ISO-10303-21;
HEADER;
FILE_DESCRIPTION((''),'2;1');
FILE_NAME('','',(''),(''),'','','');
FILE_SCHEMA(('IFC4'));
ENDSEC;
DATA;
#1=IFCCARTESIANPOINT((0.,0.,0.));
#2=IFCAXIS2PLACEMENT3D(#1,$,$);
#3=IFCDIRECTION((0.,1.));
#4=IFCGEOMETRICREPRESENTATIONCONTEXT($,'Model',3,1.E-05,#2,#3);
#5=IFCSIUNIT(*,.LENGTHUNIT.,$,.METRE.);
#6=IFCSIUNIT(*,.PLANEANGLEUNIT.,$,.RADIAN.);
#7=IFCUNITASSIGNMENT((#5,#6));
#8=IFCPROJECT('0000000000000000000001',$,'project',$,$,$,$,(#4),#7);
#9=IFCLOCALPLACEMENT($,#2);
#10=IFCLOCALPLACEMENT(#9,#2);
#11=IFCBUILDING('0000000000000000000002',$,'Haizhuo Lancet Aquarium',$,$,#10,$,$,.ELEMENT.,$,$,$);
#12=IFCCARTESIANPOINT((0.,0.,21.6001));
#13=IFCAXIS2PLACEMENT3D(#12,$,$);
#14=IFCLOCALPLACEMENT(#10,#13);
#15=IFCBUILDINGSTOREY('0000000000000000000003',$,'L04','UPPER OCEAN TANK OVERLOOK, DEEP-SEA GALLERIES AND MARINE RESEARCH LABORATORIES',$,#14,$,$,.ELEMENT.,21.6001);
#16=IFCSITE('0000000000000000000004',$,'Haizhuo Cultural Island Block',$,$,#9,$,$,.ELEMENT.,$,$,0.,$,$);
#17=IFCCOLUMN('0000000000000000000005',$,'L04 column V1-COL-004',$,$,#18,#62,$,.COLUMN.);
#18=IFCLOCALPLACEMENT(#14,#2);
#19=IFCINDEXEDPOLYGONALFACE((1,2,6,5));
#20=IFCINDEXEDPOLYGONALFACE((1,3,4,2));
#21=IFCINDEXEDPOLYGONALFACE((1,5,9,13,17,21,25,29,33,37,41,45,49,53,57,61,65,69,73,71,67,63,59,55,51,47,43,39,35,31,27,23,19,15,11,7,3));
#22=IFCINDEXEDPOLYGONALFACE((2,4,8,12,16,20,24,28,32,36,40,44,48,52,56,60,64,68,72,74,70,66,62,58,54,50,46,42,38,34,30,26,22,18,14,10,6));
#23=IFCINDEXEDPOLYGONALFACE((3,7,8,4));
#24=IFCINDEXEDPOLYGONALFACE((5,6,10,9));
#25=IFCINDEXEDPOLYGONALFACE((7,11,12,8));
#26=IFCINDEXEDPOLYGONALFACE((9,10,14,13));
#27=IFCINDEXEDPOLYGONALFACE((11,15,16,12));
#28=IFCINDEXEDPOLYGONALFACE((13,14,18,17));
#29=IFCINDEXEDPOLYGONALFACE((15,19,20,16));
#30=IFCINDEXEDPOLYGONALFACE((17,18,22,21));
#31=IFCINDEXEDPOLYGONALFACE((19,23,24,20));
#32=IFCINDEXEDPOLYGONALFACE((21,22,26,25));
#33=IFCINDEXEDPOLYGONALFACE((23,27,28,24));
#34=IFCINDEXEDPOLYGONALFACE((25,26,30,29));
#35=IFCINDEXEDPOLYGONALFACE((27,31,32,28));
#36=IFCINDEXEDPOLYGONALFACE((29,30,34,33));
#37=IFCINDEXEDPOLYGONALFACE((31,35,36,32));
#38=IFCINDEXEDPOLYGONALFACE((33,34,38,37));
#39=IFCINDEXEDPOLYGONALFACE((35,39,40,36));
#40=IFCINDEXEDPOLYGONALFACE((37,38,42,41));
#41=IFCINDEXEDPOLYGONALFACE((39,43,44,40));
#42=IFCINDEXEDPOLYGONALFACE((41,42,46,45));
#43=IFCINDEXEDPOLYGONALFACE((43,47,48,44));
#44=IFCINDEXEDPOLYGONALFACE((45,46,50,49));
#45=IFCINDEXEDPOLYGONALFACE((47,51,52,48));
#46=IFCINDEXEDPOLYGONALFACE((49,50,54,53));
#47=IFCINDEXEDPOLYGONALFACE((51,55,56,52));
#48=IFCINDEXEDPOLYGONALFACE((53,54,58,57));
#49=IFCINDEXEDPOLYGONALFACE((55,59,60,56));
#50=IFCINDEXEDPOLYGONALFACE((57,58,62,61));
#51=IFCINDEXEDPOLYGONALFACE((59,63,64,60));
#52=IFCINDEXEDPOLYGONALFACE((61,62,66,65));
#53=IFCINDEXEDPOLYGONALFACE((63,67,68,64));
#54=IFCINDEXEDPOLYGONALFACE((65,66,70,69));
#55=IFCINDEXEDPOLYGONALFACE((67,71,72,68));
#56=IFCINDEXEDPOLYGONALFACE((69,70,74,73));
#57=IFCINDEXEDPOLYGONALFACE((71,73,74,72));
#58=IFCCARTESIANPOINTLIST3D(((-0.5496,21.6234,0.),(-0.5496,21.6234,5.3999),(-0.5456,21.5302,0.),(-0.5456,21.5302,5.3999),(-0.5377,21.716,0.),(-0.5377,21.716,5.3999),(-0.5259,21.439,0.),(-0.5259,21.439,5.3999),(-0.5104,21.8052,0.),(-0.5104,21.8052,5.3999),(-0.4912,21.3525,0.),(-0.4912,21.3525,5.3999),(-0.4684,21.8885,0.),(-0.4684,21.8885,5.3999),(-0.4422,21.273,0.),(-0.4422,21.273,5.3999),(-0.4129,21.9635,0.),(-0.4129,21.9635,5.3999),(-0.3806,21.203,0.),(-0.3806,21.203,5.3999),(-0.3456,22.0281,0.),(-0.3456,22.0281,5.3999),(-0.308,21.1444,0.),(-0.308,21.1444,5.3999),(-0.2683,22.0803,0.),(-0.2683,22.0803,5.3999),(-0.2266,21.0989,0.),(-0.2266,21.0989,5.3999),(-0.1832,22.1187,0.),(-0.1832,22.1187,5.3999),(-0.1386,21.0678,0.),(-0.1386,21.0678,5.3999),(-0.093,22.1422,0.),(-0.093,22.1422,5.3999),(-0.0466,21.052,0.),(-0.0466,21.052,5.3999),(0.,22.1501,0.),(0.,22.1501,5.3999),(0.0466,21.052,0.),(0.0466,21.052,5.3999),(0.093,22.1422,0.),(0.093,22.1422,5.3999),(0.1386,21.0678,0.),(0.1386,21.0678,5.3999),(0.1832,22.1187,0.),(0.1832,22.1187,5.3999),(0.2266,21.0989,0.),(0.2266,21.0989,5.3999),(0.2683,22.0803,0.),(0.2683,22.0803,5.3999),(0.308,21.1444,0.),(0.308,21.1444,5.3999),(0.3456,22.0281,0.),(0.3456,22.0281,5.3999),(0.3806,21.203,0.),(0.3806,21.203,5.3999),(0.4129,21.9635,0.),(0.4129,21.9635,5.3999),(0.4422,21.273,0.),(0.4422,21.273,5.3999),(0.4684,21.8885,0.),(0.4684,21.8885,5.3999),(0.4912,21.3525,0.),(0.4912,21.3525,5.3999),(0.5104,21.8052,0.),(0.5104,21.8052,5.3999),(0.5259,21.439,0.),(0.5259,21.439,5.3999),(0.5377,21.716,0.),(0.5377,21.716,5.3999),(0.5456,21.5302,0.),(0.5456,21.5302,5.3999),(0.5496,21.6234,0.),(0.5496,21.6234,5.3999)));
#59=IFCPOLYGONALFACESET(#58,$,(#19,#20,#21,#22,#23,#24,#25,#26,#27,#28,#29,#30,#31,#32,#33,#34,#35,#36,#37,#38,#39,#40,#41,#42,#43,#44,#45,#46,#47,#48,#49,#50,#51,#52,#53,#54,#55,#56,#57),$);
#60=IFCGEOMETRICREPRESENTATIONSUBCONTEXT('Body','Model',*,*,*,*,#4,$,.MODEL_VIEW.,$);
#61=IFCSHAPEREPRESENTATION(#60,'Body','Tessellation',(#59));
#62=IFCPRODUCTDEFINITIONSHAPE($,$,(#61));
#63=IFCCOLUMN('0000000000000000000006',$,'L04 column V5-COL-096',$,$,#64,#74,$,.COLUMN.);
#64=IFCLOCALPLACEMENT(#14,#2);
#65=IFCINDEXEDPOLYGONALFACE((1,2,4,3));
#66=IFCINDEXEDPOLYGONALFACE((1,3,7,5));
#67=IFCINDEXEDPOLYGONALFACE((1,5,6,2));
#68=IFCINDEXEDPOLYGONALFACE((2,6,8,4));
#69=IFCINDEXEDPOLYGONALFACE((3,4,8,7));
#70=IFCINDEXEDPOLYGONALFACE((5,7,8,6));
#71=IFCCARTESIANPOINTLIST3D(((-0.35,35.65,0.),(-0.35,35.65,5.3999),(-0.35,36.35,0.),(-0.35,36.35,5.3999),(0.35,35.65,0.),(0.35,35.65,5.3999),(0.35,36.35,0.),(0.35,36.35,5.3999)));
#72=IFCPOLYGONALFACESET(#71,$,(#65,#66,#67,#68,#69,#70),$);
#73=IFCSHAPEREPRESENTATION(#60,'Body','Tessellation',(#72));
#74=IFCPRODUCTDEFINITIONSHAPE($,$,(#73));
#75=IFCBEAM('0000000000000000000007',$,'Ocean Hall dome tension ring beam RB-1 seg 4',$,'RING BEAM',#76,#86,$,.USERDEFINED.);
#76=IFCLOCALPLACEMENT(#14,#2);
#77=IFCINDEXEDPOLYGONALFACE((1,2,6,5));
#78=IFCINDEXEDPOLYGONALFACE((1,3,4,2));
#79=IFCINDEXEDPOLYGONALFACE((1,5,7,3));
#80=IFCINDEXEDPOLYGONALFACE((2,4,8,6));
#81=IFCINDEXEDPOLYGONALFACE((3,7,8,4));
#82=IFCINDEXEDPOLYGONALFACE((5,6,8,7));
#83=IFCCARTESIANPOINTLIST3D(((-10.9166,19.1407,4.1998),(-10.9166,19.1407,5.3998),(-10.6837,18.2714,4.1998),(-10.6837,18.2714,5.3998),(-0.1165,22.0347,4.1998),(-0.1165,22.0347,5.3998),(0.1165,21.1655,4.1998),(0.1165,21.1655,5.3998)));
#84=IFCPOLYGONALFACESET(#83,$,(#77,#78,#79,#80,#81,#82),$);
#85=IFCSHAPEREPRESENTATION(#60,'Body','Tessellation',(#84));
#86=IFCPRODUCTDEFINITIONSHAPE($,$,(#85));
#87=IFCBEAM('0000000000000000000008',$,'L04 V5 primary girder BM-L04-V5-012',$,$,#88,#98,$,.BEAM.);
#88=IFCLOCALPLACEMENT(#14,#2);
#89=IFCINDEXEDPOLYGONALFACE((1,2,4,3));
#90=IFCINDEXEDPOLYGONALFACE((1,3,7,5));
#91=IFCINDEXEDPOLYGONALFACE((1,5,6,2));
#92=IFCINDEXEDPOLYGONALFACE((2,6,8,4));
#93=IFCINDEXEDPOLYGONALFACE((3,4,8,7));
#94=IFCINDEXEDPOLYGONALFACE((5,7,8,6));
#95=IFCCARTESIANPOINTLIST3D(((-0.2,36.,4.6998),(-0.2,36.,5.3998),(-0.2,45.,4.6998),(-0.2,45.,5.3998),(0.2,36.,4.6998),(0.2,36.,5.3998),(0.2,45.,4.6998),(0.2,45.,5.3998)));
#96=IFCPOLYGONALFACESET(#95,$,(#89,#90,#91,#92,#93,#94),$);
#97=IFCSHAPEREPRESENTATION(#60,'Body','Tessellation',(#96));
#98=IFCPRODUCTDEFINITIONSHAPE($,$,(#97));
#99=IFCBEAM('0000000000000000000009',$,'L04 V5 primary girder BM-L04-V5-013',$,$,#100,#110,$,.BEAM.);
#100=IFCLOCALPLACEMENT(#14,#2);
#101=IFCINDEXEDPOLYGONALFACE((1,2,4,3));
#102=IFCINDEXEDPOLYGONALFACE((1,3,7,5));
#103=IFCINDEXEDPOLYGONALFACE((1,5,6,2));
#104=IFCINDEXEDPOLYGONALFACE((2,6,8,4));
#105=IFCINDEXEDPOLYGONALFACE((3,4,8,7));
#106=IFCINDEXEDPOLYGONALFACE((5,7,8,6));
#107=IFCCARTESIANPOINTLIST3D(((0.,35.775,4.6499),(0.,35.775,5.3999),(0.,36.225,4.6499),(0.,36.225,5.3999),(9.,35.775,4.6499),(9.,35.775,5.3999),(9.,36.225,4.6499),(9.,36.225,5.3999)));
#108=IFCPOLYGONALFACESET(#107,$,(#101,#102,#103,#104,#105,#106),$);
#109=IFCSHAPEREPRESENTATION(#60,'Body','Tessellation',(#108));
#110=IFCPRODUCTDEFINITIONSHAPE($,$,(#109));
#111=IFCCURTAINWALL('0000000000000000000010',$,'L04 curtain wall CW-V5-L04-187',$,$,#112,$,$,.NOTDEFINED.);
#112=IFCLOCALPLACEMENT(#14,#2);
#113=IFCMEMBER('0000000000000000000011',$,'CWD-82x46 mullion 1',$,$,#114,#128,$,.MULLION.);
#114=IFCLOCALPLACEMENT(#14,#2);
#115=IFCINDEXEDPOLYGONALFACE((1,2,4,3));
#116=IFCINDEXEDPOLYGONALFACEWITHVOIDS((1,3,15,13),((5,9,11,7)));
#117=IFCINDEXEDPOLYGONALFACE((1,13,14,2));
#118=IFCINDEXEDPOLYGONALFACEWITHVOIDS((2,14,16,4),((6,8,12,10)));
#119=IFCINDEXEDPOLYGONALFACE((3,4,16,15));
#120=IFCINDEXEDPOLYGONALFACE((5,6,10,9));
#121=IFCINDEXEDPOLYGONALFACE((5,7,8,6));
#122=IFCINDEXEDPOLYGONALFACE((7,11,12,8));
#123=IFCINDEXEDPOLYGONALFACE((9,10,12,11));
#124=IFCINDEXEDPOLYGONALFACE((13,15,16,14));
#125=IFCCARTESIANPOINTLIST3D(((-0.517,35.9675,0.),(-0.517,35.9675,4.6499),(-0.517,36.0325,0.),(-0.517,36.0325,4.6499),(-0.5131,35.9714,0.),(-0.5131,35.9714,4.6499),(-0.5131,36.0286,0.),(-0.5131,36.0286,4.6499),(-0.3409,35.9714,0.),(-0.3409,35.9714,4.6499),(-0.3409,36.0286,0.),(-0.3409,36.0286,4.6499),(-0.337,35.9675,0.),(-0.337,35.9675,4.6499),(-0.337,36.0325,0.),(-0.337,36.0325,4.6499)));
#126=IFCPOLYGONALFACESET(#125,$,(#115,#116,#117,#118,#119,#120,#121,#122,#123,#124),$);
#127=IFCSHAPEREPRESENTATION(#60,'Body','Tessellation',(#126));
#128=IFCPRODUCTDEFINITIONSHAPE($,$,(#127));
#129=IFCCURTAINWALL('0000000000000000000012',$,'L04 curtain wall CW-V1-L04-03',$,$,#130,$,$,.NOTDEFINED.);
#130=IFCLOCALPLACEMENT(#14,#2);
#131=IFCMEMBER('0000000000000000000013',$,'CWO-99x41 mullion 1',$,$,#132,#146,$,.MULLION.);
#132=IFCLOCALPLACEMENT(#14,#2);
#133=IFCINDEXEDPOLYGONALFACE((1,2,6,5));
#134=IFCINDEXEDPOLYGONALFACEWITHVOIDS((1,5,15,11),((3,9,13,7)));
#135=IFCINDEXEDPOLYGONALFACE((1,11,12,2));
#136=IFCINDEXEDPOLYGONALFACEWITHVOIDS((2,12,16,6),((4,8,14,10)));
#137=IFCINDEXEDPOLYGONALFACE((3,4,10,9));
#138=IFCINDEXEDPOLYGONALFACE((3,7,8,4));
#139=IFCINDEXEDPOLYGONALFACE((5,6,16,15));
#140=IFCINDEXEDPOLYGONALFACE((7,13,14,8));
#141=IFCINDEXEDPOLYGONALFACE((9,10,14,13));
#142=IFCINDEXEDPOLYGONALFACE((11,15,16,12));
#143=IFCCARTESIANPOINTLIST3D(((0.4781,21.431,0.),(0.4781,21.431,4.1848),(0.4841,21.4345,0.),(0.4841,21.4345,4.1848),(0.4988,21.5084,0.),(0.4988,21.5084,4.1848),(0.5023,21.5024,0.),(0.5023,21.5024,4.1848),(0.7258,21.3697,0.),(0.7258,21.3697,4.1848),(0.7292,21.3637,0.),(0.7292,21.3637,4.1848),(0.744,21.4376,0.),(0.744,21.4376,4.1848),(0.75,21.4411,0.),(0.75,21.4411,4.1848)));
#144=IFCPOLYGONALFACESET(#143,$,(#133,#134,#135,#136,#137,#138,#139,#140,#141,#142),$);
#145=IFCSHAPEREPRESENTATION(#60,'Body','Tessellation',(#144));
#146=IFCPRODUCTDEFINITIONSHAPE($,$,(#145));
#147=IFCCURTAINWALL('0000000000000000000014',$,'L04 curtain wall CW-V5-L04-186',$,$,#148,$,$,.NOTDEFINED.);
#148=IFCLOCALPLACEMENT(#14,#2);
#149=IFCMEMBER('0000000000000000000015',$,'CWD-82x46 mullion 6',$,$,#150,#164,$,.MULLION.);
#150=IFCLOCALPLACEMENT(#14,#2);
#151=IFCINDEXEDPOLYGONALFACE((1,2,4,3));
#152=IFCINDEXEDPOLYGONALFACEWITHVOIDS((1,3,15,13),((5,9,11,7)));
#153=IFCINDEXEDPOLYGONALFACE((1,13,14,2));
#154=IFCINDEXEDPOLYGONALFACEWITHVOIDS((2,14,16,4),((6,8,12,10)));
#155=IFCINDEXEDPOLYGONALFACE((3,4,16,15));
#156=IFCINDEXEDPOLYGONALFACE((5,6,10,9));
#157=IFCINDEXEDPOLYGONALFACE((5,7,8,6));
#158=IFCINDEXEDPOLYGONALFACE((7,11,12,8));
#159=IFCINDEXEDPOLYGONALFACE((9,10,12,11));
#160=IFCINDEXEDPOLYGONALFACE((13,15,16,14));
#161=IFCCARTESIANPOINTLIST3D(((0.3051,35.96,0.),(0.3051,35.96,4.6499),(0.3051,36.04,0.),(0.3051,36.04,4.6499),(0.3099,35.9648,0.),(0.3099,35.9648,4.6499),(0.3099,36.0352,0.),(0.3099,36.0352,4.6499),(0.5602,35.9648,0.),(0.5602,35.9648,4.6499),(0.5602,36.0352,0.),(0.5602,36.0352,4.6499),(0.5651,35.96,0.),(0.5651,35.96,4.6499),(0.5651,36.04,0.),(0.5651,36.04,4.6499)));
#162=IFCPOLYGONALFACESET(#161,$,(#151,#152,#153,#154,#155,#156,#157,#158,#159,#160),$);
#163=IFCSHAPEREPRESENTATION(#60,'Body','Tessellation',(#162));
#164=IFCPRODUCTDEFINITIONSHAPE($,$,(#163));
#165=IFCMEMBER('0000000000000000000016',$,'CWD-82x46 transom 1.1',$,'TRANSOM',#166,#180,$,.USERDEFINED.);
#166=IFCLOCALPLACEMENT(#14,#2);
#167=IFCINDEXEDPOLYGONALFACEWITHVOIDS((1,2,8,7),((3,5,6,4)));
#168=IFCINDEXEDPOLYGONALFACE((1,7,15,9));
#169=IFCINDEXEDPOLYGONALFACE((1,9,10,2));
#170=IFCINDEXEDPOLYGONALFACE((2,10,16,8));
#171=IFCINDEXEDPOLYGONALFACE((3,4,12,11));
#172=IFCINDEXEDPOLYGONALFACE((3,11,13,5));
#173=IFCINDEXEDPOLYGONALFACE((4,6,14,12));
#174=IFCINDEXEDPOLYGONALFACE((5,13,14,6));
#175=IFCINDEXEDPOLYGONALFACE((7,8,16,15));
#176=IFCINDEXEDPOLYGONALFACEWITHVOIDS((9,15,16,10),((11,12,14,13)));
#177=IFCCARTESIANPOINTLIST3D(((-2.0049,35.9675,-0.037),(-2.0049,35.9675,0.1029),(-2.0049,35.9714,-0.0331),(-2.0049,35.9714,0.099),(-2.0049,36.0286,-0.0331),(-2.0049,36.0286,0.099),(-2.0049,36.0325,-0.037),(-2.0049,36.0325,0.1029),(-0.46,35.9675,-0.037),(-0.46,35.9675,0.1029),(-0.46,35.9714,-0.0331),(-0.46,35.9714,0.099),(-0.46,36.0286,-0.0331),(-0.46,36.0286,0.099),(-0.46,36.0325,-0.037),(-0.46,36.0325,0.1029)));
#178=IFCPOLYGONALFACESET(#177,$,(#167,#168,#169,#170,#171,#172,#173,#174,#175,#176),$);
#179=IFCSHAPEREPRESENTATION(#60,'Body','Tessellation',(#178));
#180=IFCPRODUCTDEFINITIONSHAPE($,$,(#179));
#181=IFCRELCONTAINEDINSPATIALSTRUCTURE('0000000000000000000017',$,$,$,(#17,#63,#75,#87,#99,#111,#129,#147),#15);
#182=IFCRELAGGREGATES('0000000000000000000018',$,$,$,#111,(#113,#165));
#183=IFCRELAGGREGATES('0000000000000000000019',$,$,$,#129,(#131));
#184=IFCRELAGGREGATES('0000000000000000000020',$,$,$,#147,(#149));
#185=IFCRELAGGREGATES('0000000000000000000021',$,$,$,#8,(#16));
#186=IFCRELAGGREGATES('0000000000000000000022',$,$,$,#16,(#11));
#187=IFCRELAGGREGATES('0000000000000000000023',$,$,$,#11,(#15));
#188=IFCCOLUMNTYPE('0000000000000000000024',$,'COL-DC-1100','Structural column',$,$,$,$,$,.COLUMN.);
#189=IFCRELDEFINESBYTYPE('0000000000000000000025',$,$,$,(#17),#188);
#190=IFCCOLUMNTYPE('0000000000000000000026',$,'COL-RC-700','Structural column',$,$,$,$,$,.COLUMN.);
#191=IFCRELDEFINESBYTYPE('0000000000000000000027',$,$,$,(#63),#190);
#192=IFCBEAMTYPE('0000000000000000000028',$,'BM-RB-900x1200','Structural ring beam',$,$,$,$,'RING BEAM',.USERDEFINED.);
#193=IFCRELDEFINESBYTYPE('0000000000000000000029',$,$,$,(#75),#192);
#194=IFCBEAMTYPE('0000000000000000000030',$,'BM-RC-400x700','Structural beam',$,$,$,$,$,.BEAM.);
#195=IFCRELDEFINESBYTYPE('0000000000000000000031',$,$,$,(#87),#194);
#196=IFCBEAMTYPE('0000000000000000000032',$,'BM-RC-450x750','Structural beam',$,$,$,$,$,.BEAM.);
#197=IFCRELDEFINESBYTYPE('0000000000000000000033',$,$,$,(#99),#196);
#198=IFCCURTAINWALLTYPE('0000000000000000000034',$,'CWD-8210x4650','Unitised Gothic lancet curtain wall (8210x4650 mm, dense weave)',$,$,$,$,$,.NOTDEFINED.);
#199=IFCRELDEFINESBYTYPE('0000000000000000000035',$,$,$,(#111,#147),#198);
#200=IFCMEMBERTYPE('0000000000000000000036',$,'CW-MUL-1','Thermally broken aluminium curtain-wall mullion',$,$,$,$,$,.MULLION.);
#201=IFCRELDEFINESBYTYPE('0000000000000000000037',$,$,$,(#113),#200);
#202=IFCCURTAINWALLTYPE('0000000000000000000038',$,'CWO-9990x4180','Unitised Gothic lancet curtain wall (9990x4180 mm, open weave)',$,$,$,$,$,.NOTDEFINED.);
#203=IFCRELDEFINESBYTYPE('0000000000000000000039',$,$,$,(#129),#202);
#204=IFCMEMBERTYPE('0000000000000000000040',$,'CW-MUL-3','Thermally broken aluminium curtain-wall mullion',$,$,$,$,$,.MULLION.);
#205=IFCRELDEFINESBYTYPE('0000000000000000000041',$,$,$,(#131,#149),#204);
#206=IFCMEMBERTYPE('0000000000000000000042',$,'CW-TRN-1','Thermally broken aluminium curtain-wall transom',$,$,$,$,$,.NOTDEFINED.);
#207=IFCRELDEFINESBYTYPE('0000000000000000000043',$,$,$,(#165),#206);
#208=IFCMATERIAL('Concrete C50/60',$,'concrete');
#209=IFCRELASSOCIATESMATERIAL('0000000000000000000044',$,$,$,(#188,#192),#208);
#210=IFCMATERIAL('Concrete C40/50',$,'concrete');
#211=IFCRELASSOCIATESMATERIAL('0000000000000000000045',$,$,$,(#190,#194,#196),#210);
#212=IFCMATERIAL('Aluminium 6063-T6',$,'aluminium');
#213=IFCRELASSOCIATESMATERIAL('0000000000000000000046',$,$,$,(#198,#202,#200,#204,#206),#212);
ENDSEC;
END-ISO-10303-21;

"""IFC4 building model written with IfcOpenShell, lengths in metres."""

from ifc_helpers import new_model, si_unit, direction, frame, origin, origin_2d, place, context, subcontext, project, spatial, rectangle, hollow_rectangle, circle, extrude, material, material_profile, profile_set, type_object, element, aggregate, save


model = new_model("IFC4")

# Units and contexts
model_context = context("Model", 3, precision=1e-05, world=origin(), true_north=direction((0.0, 1.0)))
body_context = subcontext(model_context, "Body", "Model", "MODEL_VIEW")
ifc_project = project(units=[si_unit("LENGTHUNIT", "METRE"), si_unit("PLANEANGLEUNIT", "RADIAN")], contexts=[model_context])

# Site, building, storey
site_placement = place(None, origin())
site = spatial("IfcSite", under=ifc_project, at=site_placement, Name="Haizhuo Cultural Island Block", CompositionType="ELEMENT", RefElevation=0.0)
building_placement = place(site_placement, origin())
building = spatial("IfcBuilding", under=site, at=building_placement, Name="Haizhuo Lancet Aquarium", CompositionType="ELEMENT")
storey_placement = place(building_placement, frame((0.0, 0.0, 21.6001)))
storey = spatial("IfcBuildingStorey", under=building, at=storey_placement, Name="L04", Description="UPPER OCEAN TANK OVERLOOK, DEEP-SEA GALLERIES AND MARINE RESEARCH LABORATORIES", CompositionType="ELEMENT", Elevation=21.6001)

# Columns
ifc_material_1 = material(Name="Concrete C50/60", Category="concrete")
ifc_material_profile_1 = material_profile(ifc_material_1, circle(Radius=0.55, at=origin_2d()), Name="RC-DC 1100")
ifc_profile_set_1 = profile_set([ifc_material_profile_1], Name="Concrete C50/60")
column_type_1 = type_object("IfcColumnType", Name="COL-DC-1100", Description="Structural column", PredefinedType="COLUMN", material=ifc_profile_set_1)
column_1_placement = place(storey_placement, frame((0.0, 21.6001, 0.0), z_axis=(0.0, 0.0, 1.0), x_axis=(0.0, 1.0, 0.0)))
element("IfcColumn", 1, at=column_1_placement, inside=storey, type_object=column_type_1, Name="L04 column V1-COL-004", PredefinedType="COLUMN", context=body_context, shape_type="SweptSolid", body=[
    extrude(circle(Radius=0.55, at=origin_2d()), origin(), (0.0, 0.0, 1.0), 5.3999),
])
ifc_material_2 = material(Name="Concrete C40/50", Category="concrete")
ifc_material_profile_2 = material_profile(ifc_material_2, rectangle(XDim=0.7, YDim=0.7, at=origin_2d()), Name="RC-COL 700x700")
ifc_profile_set_2 = profile_set([ifc_material_profile_2], Name="Concrete C40/50")
column_type_2 = type_object("IfcColumnType", Name="COL-RC-700", Description="Structural column", PredefinedType="COLUMN", material=ifc_profile_set_2)
column_2_placement = place(storey_placement, frame((0.0, 36.0, 0.0), z_axis=(0.0, 0.0, 1.0), x_axis=(1.0, 0.0, 0.0)))
element("IfcColumn", 2, at=column_2_placement, inside=storey, type_object=column_type_2, Name="L04 column V5-COL-096", PredefinedType="COLUMN", context=body_context, shape_type="SweptSolid", body=[
    extrude(rectangle(XDim=0.7, YDim=0.7, at=origin_2d()), origin(), (0.0, 0.0, 1.0), 5.3999),
])

# Beams
ifc_material_profile_3 = material_profile(ifc_material_1, rectangle(XDim=0.8999, YDim=1.2, at=origin_2d()), Name="RC-RB 900x1200")
ifc_profile_set_3 = profile_set([ifc_material_profile_3], Name="Concrete C50/60")
beam_type_1 = type_object("IfcBeamType", Name="BM-RB-900x1200", Description="Structural ring beam", ElementType="RING BEAM", PredefinedType="USERDEFINED", material=ifc_profile_set_3)
beam_1_placement = place(storey_placement, frame((0.0, 21.6001, 4.7998), z_axis=(-0.965922, -0.258834, 0.0), x_axis=(0.258834, -0.965922, 0.0)))
element("IfcBeam", 3, at=beam_1_placement, inside=storey, type_object=beam_type_1, Name="Ocean Hall dome tension ring beam RB-1 seg 4", ObjectType="RING BEAM", PredefinedType="USERDEFINED", context=body_context, shape_type="SweptSolid", body=[
    extrude(rectangle(XDim=0.8999, YDim=1.2, at=origin_2d()), origin(), (0.0, 0.0, 1.0), 11.1812),
])
ifc_material_profile_4 = material_profile(ifc_material_2, rectangle(XDim=0.3999, YDim=0.7, at=origin_2d()), Name="RC-BM 400x700")
ifc_profile_set_4 = profile_set([ifc_material_profile_4], Name="Concrete C40/50")
beam_type_2 = type_object("IfcBeamType", Name="BM-RC-400x700", Description="Structural beam", PredefinedType="BEAM", material=ifc_profile_set_4)
beam_2_placement = place(storey_placement, frame((0.0, 36.0, 5.0498), z_axis=(0.0, 1.0, 0.0), x_axis=(-1.0, 0.0, 0.0)))
element("IfcBeam", 4, at=beam_2_placement, inside=storey, type_object=beam_type_2, Name="L04 V5 primary girder BM-L04-V5-012", PredefinedType="BEAM", context=body_context, shape_type="SweptSolid", body=[
    extrude(rectangle(XDim=0.3999, YDim=0.7, at=origin_2d()), origin(), (0.0, 0.0, 1.0), 9.0),
])
ifc_material_profile_5 = material_profile(ifc_material_2, rectangle(XDim=0.45, YDim=0.75, at=origin_2d()), Name="RC-BM 450x750")
ifc_profile_set_5 = profile_set([ifc_material_profile_5], Name="Concrete C40/50")
beam_type_3 = type_object("IfcBeamType", Name="BM-RC-450x750", Description="Structural beam", PredefinedType="BEAM", material=ifc_profile_set_5)
beam_3_placement = place(storey_placement, frame((0.0, 36.0, 5.0249), z_axis=(1.0, 0.0, 0.0), x_axis=(0.0, 1.0, 0.0)))
element("IfcBeam", 5, at=beam_3_placement, inside=storey, type_object=beam_type_3, Name="L04 V5 primary girder BM-L04-V5-013", PredefinedType="BEAM", context=body_context, shape_type="SweptSolid", body=[
    extrude(rectangle(XDim=0.45, YDim=0.75, at=origin_2d()), origin(), (0.0, 0.0, 1.0), 9.0),
])

# Curtain walls, members
ifc_material_3 = material(Name="Aluminium 6063-T6", Category="aluminium")
curtain_wall_type_1 = type_object("IfcCurtainWallType", Name="CWD-8210x4650", Description="Unitised Gothic lancet curtain wall (8210x4650 mm, dense weave)", PredefinedType="NOTDEFINED", material=ifc_material_3)
curtain_wall_1_placement = place(storey_placement, origin())
curtain_wall_1 = element("IfcCurtainWall", 6, at=curtain_wall_1_placement, inside=storey, type_object=curtain_wall_type_1, Name="L04 curtain wall CW-V5-L04-187", PredefinedType="NOTDEFINED")
ifc_material_profile_6 = material_profile(ifc_material_3, hollow_rectangle(XDim=0.0649, YDim=0.1799, WallThickness=0.0039, at=origin_2d()), Name="ALU-M 65x180x4")
ifc_profile_set_6 = profile_set([ifc_material_profile_6], Name="Aluminium 6063-T6")
member_type_1 = type_object("IfcMemberType", Name="CW-MUL-1", Description="Thermally broken aluminium curtain-wall mullion", PredefinedType="MULLION", material=ifc_profile_set_6)
member_1_placement = place(storey_placement, frame((-0.427, 36.0, 0.0), z_axis=(0.0, 0.0, 1.0), x_axis=(0.0, -1.0, 0.0)))
member_1 = element("IfcMember", 7, at=member_1_placement, type_object=member_type_1, Name="CWD-82x46 mullion 1", PredefinedType="MULLION", context=body_context, shape_type="SweptSolid", body=[
    extrude(hollow_rectangle(XDim=0.0649, YDim=0.1799, WallThickness=0.0039, at=origin_2d()), origin(), (0.0, 0.0, 1.0), 4.6499),
])
curtain_wall_type_2 = type_object("IfcCurtainWallType", Name="CWO-9990x4180", Description="Unitised Gothic lancet curtain wall (9990x4180 mm, open weave)", PredefinedType="NOTDEFINED", material=ifc_material_3)
curtain_wall_2_placement = place(storey_placement, origin())
curtain_wall_2 = element("IfcCurtainWall", 8, at=curtain_wall_2_placement, inside=storey, type_object=curtain_wall_type_2, Name="L04 curtain wall CW-V1-L04-03", PredefinedType="NOTDEFINED")
ifc_material_profile_7 = material_profile(ifc_material_3, hollow_rectangle(XDim=0.0801, YDim=0.26, WallThickness=0.0049, at=origin_2d()), Name="ALU-M 80x260x5")
ifc_profile_set_7 = profile_set([ifc_material_profile_7], Name="Aluminium 6063-T6")
member_type_2 = type_object("IfcMemberType", Name="CW-MUL-3", Description="Thermally broken aluminium curtain-wall mullion", PredefinedType="MULLION", material=ifc_profile_set_7)
member_2_placement = place(storey_placement, frame((0.614, 21.436, 0.0), z_axis=(0.0, 0.0, 1.0), x_axis=(0.258853, 0.965917, 0.0)))
member_2 = element("IfcMember", 9, at=member_2_placement, type_object=member_type_2, Name="CWO-99x41 mullion 1", PredefinedType="MULLION", context=body_context, shape_type="SweptSolid", body=[
    extrude(hollow_rectangle(XDim=0.0801, YDim=0.26, WallThickness=0.0049, at=origin_2d()), origin(), (0.0, 0.0, 1.0), 4.1848),
])
curtain_wall_3_placement = place(storey_placement, origin())
curtain_wall_3 = element("IfcCurtainWall", 10, at=curtain_wall_3_placement, inside=storey, type_object=curtain_wall_type_1, Name="L04 curtain wall CW-V5-L04-186", PredefinedType="NOTDEFINED")
member_3_placement = place(storey_placement, frame((0.4351, 36.0, 0.0), z_axis=(0.0, 0.0, 1.0), x_axis=(0.0, -1.0, 0.0)))
member_3 = element("IfcMember", 11, at=member_3_placement, type_object=member_type_2, Name="CWD-82x46 mullion 6", PredefinedType="MULLION", context=body_context, shape_type="SweptSolid", body=[
    extrude(hollow_rectangle(XDim=0.0801, YDim=0.26, WallThickness=0.0049, at=origin_2d()), origin(), (0.0, 0.0, 1.0), 4.6499),
])

# Member
ifc_material_profile_8 = material_profile(ifc_material_3, hollow_rectangle(XDim=0.0649, YDim=0.1399, WallThickness=0.0039, at=origin_2d()), Name="ALU-T 65x140x4")
ifc_profile_set_8 = profile_set([ifc_material_profile_8], Name="Aluminium 6063-T6")
member_type_3 = type_object("IfcMemberType", Name="CW-TRN-1", Description="Thermally broken aluminium curtain-wall transom", PredefinedType="NOTDEFINED", material=ifc_profile_set_8)
member_4_placement = place(storey_placement, frame((-0.46, 36.0, 0.033), z_axis=(-1.0, 0.0, 0.0), x_axis=(0.0, -1.0, 0.0)))
member_4 = element("IfcMember", 12, at=member_4_placement, type_object=member_type_3, Name="CWD-82x46 transom 1.1", ObjectType="TRANSOM", PredefinedType="USERDEFINED", context=body_context, shape_type="SweptSolid", body=[
    extrude(hollow_rectangle(XDim=0.0649, YDim=0.1399, WallThickness=0.0039, at=origin_2d()), origin(), (0.0, 0.0, 1.0), 1.5449),
])
aggregate(curtain_wall_1, [member_1, member_4])
aggregate(curtain_wall_2, [member_2])

aggregate(curtain_wall_3, [member_3])

save(model, "model.ifc")
